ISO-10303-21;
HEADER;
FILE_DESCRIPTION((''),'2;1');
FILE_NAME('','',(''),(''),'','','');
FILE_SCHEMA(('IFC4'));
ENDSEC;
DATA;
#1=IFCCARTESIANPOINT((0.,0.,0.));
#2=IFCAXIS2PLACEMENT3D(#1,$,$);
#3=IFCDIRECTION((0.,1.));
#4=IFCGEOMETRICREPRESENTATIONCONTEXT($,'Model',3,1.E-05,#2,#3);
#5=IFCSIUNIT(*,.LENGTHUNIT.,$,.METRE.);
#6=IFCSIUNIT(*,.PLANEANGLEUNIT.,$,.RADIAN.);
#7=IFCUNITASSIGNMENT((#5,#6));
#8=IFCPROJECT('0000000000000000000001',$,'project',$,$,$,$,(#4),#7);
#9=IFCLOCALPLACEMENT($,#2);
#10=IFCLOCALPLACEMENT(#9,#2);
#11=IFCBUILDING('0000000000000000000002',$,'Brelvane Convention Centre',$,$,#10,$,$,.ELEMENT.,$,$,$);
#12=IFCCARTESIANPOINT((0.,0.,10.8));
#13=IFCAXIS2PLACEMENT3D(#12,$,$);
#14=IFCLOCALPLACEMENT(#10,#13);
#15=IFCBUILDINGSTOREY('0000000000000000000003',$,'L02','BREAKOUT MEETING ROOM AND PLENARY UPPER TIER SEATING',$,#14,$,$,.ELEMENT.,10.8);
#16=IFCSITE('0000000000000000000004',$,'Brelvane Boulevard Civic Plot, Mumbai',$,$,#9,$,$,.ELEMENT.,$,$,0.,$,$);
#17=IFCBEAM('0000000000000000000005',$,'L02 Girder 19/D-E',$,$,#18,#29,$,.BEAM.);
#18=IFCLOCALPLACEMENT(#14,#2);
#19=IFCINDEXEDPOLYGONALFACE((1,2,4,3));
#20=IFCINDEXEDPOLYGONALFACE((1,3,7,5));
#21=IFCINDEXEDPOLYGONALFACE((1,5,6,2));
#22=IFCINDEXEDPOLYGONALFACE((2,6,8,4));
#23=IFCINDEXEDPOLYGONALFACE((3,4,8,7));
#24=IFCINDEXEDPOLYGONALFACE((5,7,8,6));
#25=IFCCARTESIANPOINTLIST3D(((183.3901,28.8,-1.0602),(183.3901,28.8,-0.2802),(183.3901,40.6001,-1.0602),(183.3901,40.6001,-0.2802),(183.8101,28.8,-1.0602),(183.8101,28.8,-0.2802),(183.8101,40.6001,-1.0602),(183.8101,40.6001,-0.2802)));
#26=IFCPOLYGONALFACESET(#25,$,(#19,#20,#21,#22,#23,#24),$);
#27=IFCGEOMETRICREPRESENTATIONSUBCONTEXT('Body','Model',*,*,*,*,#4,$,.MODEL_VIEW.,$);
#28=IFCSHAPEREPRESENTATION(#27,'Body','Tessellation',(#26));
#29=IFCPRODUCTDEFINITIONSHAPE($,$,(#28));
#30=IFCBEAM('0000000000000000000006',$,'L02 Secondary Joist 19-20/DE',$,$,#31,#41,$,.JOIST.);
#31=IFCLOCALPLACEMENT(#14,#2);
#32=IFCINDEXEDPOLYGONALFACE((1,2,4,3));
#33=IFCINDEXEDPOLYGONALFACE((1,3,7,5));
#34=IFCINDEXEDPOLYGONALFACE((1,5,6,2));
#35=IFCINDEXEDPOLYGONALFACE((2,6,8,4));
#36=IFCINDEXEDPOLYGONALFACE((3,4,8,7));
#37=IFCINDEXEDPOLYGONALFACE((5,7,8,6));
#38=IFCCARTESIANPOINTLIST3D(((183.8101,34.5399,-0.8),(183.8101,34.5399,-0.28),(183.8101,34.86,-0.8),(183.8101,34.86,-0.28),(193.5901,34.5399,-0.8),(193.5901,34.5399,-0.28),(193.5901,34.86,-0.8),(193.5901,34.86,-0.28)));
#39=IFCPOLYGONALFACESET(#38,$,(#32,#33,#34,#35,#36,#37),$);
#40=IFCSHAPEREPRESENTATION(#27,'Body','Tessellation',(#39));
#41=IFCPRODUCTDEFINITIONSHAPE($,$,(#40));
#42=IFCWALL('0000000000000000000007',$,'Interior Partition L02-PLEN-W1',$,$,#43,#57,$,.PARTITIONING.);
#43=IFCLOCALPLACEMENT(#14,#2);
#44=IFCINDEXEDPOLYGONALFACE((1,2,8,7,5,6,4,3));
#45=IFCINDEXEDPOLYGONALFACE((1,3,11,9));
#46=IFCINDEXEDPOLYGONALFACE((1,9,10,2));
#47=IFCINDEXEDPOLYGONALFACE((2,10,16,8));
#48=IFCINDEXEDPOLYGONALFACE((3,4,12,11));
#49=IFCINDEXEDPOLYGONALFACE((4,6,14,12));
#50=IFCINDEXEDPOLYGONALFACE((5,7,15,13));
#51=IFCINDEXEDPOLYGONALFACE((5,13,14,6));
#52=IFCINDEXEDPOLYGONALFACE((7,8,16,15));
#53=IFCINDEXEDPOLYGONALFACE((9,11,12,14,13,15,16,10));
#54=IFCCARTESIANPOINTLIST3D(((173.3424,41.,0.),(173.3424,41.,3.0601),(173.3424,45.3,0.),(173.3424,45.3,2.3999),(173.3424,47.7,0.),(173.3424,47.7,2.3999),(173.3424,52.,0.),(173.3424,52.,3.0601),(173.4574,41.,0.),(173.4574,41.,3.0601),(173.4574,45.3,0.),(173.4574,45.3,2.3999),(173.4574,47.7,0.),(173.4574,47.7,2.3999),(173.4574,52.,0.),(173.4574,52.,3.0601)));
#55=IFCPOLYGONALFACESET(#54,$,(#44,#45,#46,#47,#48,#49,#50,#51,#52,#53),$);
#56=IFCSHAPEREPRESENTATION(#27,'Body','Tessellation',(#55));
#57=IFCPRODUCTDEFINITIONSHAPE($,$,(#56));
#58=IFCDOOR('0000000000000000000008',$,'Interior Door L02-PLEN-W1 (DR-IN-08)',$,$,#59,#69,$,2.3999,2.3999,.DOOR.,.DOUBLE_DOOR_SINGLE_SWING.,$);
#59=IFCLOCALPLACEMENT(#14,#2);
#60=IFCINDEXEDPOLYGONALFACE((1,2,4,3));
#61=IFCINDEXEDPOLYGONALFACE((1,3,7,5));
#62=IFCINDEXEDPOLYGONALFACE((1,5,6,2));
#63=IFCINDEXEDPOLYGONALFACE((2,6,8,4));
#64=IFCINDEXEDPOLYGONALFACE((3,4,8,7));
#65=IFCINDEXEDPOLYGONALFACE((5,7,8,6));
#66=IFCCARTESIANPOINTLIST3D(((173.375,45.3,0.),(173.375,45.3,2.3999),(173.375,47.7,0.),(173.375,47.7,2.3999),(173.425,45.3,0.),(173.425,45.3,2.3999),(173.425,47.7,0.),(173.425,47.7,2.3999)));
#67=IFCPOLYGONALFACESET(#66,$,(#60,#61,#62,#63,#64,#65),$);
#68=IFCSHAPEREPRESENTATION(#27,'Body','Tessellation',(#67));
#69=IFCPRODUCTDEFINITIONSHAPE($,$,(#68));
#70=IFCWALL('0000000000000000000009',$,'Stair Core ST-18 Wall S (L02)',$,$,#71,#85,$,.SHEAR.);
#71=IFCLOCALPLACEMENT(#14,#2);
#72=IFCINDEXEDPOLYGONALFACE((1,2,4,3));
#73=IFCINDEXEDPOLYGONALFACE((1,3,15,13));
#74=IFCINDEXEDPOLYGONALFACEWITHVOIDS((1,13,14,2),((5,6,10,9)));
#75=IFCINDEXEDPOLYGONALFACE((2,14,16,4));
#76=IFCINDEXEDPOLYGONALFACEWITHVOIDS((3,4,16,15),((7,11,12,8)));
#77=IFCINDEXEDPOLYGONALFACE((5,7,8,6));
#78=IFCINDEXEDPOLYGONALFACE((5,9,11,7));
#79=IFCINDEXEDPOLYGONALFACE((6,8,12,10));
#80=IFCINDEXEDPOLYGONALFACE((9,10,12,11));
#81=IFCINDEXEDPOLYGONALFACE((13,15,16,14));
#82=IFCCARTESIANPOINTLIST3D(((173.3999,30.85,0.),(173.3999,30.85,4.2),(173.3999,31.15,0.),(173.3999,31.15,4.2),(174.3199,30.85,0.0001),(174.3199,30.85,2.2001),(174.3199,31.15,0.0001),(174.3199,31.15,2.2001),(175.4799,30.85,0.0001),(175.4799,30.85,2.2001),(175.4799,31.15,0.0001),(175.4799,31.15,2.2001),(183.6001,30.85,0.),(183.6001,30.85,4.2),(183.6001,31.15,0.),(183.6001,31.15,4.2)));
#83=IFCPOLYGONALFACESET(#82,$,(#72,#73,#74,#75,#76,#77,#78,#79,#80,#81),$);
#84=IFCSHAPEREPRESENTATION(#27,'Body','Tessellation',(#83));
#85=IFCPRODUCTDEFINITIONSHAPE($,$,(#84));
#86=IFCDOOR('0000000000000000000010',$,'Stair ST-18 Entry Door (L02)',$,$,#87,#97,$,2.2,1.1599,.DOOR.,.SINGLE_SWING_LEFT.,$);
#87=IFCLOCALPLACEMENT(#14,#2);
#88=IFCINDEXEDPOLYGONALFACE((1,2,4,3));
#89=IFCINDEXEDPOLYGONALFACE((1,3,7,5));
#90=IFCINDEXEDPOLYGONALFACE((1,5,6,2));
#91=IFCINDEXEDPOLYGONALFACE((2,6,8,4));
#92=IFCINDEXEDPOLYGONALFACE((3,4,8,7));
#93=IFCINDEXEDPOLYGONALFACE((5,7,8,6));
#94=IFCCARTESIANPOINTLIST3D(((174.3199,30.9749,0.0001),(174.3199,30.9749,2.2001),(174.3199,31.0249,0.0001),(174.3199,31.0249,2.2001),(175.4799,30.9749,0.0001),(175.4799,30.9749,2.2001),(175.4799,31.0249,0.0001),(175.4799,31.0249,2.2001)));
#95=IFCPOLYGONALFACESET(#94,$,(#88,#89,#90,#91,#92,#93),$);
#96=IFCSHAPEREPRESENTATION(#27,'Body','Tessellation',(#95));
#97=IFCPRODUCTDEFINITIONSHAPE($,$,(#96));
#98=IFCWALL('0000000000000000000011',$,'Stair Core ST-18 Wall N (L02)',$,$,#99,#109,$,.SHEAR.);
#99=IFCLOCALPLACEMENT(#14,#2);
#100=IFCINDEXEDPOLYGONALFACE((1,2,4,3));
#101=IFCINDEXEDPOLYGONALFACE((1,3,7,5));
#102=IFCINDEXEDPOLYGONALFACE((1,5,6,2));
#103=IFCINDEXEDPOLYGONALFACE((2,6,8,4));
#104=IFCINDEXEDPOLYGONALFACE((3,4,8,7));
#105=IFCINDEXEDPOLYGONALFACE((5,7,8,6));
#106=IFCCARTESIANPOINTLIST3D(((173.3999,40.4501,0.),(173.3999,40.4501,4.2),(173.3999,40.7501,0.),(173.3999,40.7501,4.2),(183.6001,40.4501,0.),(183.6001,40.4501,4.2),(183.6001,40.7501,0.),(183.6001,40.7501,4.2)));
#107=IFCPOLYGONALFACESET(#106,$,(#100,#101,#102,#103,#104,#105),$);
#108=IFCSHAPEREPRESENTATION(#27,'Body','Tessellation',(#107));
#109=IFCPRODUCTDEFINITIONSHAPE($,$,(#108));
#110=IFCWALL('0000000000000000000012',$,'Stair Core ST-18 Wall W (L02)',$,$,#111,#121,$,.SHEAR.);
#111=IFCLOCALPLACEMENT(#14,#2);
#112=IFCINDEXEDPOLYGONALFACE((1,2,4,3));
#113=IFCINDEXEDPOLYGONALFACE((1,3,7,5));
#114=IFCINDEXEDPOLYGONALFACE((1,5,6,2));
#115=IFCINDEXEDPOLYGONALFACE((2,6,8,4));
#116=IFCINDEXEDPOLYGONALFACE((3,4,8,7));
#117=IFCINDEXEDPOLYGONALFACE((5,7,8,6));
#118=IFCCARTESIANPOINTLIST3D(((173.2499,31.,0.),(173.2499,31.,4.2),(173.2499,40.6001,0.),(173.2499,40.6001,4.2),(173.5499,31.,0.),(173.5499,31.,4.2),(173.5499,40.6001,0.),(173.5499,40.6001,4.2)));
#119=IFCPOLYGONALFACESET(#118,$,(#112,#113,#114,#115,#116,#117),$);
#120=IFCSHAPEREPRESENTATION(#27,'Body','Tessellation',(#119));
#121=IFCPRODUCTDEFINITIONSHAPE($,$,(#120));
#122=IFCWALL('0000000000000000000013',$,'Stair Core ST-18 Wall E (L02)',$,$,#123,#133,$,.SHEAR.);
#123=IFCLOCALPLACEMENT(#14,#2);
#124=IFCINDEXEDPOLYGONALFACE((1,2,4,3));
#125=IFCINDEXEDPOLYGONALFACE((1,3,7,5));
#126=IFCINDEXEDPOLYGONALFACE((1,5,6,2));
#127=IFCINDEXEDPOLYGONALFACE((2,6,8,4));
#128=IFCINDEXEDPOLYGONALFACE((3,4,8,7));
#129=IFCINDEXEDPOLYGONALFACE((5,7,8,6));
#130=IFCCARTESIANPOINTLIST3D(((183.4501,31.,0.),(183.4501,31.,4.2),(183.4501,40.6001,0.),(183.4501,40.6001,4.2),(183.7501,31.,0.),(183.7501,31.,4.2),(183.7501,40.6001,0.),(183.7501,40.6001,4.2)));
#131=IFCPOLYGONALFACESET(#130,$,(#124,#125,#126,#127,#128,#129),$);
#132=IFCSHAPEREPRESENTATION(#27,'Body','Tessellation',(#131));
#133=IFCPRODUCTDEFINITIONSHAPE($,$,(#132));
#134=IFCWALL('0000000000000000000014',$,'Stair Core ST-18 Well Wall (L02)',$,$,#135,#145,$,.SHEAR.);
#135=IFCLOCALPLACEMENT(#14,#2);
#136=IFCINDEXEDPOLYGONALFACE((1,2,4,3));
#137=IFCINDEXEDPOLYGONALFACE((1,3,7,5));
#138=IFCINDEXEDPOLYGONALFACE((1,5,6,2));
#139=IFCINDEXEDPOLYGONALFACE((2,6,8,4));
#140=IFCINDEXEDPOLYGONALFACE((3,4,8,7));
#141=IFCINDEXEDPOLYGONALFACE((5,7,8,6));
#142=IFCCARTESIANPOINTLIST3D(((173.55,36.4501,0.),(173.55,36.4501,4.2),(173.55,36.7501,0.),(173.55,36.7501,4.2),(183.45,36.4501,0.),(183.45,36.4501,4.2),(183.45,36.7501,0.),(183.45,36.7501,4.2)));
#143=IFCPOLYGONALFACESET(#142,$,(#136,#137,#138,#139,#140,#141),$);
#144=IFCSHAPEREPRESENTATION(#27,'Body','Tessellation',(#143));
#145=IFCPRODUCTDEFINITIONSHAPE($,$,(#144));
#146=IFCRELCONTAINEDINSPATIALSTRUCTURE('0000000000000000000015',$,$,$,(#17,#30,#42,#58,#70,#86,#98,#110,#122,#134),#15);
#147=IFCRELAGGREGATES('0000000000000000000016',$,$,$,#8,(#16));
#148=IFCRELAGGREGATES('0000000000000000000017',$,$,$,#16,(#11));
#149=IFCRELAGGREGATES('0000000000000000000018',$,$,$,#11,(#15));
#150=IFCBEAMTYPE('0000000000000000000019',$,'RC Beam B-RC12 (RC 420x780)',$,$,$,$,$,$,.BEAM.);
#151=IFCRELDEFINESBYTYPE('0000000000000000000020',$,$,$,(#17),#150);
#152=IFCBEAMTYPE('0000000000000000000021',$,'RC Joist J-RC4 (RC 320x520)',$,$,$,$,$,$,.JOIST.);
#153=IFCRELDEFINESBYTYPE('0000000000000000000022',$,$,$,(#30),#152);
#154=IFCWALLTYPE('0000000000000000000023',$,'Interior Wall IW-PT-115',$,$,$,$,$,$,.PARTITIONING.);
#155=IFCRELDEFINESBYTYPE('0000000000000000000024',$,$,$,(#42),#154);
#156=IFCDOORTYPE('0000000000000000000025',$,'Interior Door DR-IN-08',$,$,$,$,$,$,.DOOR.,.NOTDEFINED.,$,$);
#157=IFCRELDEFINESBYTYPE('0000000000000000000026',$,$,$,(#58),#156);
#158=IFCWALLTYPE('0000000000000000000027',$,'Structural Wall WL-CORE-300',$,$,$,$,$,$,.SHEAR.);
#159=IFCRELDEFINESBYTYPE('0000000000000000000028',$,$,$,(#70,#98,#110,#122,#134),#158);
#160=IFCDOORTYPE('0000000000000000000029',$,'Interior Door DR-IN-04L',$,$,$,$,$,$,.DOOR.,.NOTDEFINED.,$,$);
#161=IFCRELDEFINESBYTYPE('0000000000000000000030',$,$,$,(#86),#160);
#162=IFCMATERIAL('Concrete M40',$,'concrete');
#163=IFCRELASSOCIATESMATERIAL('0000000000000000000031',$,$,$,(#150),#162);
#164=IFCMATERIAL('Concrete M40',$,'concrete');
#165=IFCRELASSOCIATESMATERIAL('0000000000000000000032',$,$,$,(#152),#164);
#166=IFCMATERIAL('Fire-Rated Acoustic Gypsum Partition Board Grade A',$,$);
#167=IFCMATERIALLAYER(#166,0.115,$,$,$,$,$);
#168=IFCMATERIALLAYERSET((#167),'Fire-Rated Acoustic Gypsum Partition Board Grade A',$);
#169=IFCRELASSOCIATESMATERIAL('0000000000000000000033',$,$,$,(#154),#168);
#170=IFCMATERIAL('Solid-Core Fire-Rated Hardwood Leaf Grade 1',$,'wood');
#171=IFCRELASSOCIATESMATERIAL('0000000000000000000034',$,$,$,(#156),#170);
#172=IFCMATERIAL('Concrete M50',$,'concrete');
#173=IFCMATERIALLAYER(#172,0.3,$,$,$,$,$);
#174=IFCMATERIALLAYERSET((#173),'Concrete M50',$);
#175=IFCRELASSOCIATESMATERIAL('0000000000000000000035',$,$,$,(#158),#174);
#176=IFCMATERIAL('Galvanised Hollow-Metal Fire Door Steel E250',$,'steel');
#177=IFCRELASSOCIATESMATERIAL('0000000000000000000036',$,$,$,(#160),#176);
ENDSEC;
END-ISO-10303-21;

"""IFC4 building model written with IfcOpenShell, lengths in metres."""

from ifc_helpers import new_model, si_unit, direction, frame, frame_2d, origin, origin_2d, place, context, subcontext, project, spatial, rectangle, extrude, material, layer, layer_set, material_profile, profile_set, type_object, element, fill, save


model = new_model("IFC4")

# Units and contexts
model_context = context("Model", 3, precision=1e-05, world=origin(), true_north=direction((0.0, 1.0)))
body_context = subcontext(model_context, "Body", "Model", "MODEL_VIEW")
ifc_project = project(units=[si_unit("LENGTHUNIT", "METRE"), si_unit("PLANEANGLEUNIT", "RADIAN")], contexts=[model_context])

# Site, building, storey
site_placement = place(None, origin())
site = spatial("IfcSite", under=ifc_project, at=site_placement, Name="Brelvane Boulevard Civic Plot, Mumbai", CompositionType="ELEMENT", RefElevation=0.0)
building_placement = place(site_placement, origin())
building = spatial("IfcBuilding", under=site, at=building_placement, Name="Brelvane Convention Centre", CompositionType="ELEMENT")
storey_placement = place(building_placement, frame((0.0, 0.0, 10.8)))
storey = spatial("IfcBuildingStorey", under=building, at=storey_placement, Name="L02", Description="BREAKOUT MEETING ROOM AND PLENARY UPPER TIER SEATING", CompositionType="ELEMENT", Elevation=10.8)

# Beams
ifc_material_1 = material(Name="Concrete M40", Category="concrete")
ifc_material_profile_1 = material_profile(ifc_material_1, rectangle(XDim=0.4199, YDim=0.78, at=origin_2d()), Name="RC 420x780")
ifc_profile_set_1 = profile_set([ifc_material_profile_1], Name="Concrete M40")
beam_type_1 = type_object("IfcBeamType", Name="RC Beam B-RC12 (RC 420x780)", PredefinedType="BEAM", material=ifc_profile_set_1)
for number, where, z_axis, x_axis, name in (
    (1, (183.6001, 28.8, -0.6702), (0.0, 1.0, 0.0), (-1.0, 0.0, 0.0), "L02 Girder 19/D-E"),
):
    element("IfcBeam", number, at=place(storey_placement, frame(where, z_axis=z_axis, x_axis=x_axis)), inside=storey, type_object=beam_type_1, Name=name, PredefinedType="BEAM", context=body_context, shape_type="SweptSolid", body=[
        extrude(rectangle(XDim=0.4199, YDim=0.78, at=origin_2d()), origin(), (0.0, 0.0, 1.0), 11.8),
    ])
ifc_material_2 = material(Name="Concrete M40", Category="concrete")
ifc_material_profile_2 = material_profile(ifc_material_2, rectangle(XDim=0.3201, YDim=0.52, at=origin_2d()), Name="RC 320x520")
ifc_profile_set_2 = profile_set([ifc_material_profile_2], Name="Concrete M40")
beam_type_2 = type_object("IfcBeamType", Name="RC Joist J-RC4 (RC 320x520)", PredefinedType="JOIST", material=ifc_profile_set_2)
beam_1_placement = place(storey_placement, frame((183.8101, 34.7, -0.54), z_axis=(1.0, 0.0, 0.0), x_axis=(0.0, 1.0, 0.0)))
element("IfcBeam", 2, at=beam_1_placement, inside=storey, type_object=beam_type_2, Name="L02 Secondary Joist 19-20/DE", PredefinedType="JOIST", context=body_context, shape_type="SweptSolid", body=[
    extrude(rectangle(XDim=0.3201, YDim=0.52, at=origin_2d()), origin(), (0.0, 0.0, 1.0), 9.78),
])

# Walls, openings, doors
ifc_material_3 = material(Name="Fire-Rated Acoustic Gypsum Partition Board Grade A")
ifc_layer_1 = layer(ifc_material_3, 0.115)
ifc_layer_set_1 = layer_set([ifc_layer_1], Name="Fire-Rated Acoustic Gypsum Partition Board Grade A")
wall_type_1 = type_object("IfcWallType", Name="Interior Wall IW-PT-115", PredefinedType="PARTITIONING", material=ifc_layer_set_1)
wall_1_placement = place(storey_placement, frame((173.3999, 41.0, 0.0), z_axis=(0.0, 0.0, 1.0), x_axis=(0.0, 1.0, 0.0)))
wall_1 = element("IfcWall", 3, at=wall_1_placement, inside=storey, type_object=wall_type_1, Name="Interior Partition L02-PLEN-W1", PredefinedType="PARTITIONING", context=body_context, shape_type="SweptSolid", body=[
    extrude(rectangle(XDim=11.0, YDim=0.115, at=frame_2d((5.5, 0.0))), origin(), (0.0, 0.0, 1.0), 3.0601),
])
opening_1_placement = place(wall_1_placement, frame((4.3, 0.0, 0.0)))
opening_1 = element("IfcOpeningElement", 4, at=opening_1_placement, cuts=wall_1, PredefinedType="OPENING", context=body_context, shape_type="SweptSolid", body=[
    extrude(rectangle(XDim=2.3999, YDim=2.3999, at=frame_2d((1.2, 1.2))), frame((0.0, 0.0674, 0.0), z_axis=(0.0, -1.0, 0.0), x_axis=(1.0, 0.0, 0.0)), (0.0, 0.0, 1.0), 0.135),
])
ifc_material_4 = material(Name="Solid-Core Fire-Rated Hardwood Leaf Grade 1", Category="wood")
door_type_1 = type_object("IfcDoorType", Name="Interior Door DR-IN-08", OperationType="NOTDEFINED", PredefinedType="DOOR", material=ifc_material_4)
door_1_placement = place(opening_1_placement, origin())
door_1 = element("IfcDoor", 5, at=door_1_placement, inside=storey, type_object=door_type_1, Name="Interior Door L02-PLEN-W1 (DR-IN-08)", OperationType="DOUBLE_DOOR_SINGLE_SWING", OverallHeight=2.3999, OverallWidth=2.3999, PredefinedType="DOOR", context=body_context, shape_type="SweptSolid", body=[
    extrude(rectangle(XDim=2.3999, YDim=2.3999, at=frame_2d((1.2, 1.2))), frame((0.0, 0.0249, 0.0), z_axis=(0.0, -1.0, 0.0), x_axis=(1.0, 0.0, 0.0)), (0.0, 0.0, 1.0), 0.05),
])
fill(opening_1, door_1)
ifc_material_5 = material(Name="Concrete M50", Category="concrete")
ifc_layer_2 = layer(ifc_material_5, 0.3)
ifc_layer_set_2 = layer_set([ifc_layer_2], Name="Concrete M50")
wall_type_2 = type_object("IfcWallType", Name="Structural Wall WL-CORE-300", PredefinedType="SHEAR", material=ifc_layer_set_2)
wall_2_placement = place(storey_placement, frame((173.3999, 31.0, 0.0), z_axis=(0.0, 0.0, 1.0), x_axis=(1.0, 0.0, 0.0)))
wall_2 = element("IfcWall", 6, at=wall_2_placement, inside=storey, type_object=wall_type_2, Name="Stair Core ST-18 Wall S (L02)", PredefinedType="SHEAR", context=body_context, shape_type="SweptSolid", body=[
    extrude(rectangle(XDim=10.2002, YDim=0.3, at=frame_2d((5.1001, 0.0))), origin(), (0.0, 0.0, 1.0), 4.2),
])
opening_2_placement = place(wall_2_placement, frame((0.9199, 0.0, 0.0)))
opening_2 = element("IfcOpeningElement", 7, at=opening_2_placement, cuts=wall_2, PredefinedType="OPENING", context=body_context, shape_type="SweptSolid", body=[
    extrude(rectangle(XDim=1.1599, YDim=2.2, at=frame_2d((0.5801, 1.1001))), frame((0.0, 0.1599, 0.0), z_axis=(0.0, -1.0, 0.0), x_axis=(1.0, 0.0, 0.0)), (0.0, 0.0, 1.0), 0.3201),
])
ifc_material_6 = material(Name="Galvanised Hollow-Metal Fire Door Steel E250", Category="steel")
door_type_2 = type_object("IfcDoorType", Name="Interior Door DR-IN-04L", OperationType="NOTDEFINED", PredefinedType="DOOR", material=ifc_material_6)
door_2_placement = place(opening_2_placement, origin())
door_2 = element("IfcDoor", 8, at=door_2_placement, inside=storey, type_object=door_type_2, Name="Stair ST-18 Entry Door (L02)", OperationType="SINGLE_SWING_LEFT", OverallHeight=2.2, OverallWidth=1.1599, PredefinedType="DOOR", context=body_context, shape_type="SweptSolid", body=[
    extrude(rectangle(XDim=1.1599, YDim=2.2, at=frame_2d((0.5801, 1.1001))), frame((0.0, 0.0249, 0.0), z_axis=(0.0, -1.0, 0.0), x_axis=(1.0, 0.0, 0.0)), (0.0, 0.0, 1.0), 0.05),
])
fill(opening_2, door_2)

# Walls
wall_3_placement = place(storey_placement, frame((173.3999, 40.6001, 0.0), z_axis=(0.0, 0.0, 1.0), x_axis=(1.0, 0.0, 0.0)))
element("IfcWall", 9, at=wall_3_placement, inside=storey, type_object=wall_type_2, Name="Stair Core ST-18 Wall N (L02)", PredefinedType="SHEAR", context=body_context, shape_type="SweptSolid", body=[
    extrude(rectangle(XDim=10.2002, YDim=0.3, at=frame_2d((5.1001, 0.0))), origin(), (0.0, 0.0, 1.0), 4.2),
])
for number, where, z_axis, x_axis, name in (
    (10, (173.3999, 31.0, 0.0), (0.0, 0.0, 1.0), (0.0, 1.0, 0.0), "Stair Core ST-18 Wall W (L02)"),
    (11, (183.6001, 31.0, 0.0), (0.0, 0.0, 1.0), (0.0, 1.0, 0.0), "Stair Core ST-18 Wall E (L02)"),
):
    element("IfcWall", number, at=place(storey_placement, frame(where, z_axis=z_axis, x_axis=x_axis)), inside=storey, type_object=wall_type_2, Name=name, PredefinedType="SHEAR", context=body_context, shape_type="SweptSolid", body=[
        extrude(rectangle(XDim=9.6001, YDim=0.3, at=frame_2d((4.8, 0.0))), origin(), (0.0, 0.0, 1.0), 4.2),
    ])
wall_4_placement = place(storey_placement, frame((173.55, 36.6001, 0.0), z_axis=(0.0, 0.0, 1.0), x_axis=(1.0, 0.0, 0.0)))
element("IfcWall", 12, at=wall_4_placement, inside=storey, type_object=wall_type_2, Name="Stair Core ST-18 Well Wall (L02)", PredefinedType="SHEAR", context=body_context, shape_type="SweptSolid", body=[
    extrude(rectangle(XDim=9.8999, YDim=0.3, at=frame_2d((4.95, 0.0))), origin(), (0.0, 0.0, 1.0), 4.2),
])

save(model, "model.ifc")
